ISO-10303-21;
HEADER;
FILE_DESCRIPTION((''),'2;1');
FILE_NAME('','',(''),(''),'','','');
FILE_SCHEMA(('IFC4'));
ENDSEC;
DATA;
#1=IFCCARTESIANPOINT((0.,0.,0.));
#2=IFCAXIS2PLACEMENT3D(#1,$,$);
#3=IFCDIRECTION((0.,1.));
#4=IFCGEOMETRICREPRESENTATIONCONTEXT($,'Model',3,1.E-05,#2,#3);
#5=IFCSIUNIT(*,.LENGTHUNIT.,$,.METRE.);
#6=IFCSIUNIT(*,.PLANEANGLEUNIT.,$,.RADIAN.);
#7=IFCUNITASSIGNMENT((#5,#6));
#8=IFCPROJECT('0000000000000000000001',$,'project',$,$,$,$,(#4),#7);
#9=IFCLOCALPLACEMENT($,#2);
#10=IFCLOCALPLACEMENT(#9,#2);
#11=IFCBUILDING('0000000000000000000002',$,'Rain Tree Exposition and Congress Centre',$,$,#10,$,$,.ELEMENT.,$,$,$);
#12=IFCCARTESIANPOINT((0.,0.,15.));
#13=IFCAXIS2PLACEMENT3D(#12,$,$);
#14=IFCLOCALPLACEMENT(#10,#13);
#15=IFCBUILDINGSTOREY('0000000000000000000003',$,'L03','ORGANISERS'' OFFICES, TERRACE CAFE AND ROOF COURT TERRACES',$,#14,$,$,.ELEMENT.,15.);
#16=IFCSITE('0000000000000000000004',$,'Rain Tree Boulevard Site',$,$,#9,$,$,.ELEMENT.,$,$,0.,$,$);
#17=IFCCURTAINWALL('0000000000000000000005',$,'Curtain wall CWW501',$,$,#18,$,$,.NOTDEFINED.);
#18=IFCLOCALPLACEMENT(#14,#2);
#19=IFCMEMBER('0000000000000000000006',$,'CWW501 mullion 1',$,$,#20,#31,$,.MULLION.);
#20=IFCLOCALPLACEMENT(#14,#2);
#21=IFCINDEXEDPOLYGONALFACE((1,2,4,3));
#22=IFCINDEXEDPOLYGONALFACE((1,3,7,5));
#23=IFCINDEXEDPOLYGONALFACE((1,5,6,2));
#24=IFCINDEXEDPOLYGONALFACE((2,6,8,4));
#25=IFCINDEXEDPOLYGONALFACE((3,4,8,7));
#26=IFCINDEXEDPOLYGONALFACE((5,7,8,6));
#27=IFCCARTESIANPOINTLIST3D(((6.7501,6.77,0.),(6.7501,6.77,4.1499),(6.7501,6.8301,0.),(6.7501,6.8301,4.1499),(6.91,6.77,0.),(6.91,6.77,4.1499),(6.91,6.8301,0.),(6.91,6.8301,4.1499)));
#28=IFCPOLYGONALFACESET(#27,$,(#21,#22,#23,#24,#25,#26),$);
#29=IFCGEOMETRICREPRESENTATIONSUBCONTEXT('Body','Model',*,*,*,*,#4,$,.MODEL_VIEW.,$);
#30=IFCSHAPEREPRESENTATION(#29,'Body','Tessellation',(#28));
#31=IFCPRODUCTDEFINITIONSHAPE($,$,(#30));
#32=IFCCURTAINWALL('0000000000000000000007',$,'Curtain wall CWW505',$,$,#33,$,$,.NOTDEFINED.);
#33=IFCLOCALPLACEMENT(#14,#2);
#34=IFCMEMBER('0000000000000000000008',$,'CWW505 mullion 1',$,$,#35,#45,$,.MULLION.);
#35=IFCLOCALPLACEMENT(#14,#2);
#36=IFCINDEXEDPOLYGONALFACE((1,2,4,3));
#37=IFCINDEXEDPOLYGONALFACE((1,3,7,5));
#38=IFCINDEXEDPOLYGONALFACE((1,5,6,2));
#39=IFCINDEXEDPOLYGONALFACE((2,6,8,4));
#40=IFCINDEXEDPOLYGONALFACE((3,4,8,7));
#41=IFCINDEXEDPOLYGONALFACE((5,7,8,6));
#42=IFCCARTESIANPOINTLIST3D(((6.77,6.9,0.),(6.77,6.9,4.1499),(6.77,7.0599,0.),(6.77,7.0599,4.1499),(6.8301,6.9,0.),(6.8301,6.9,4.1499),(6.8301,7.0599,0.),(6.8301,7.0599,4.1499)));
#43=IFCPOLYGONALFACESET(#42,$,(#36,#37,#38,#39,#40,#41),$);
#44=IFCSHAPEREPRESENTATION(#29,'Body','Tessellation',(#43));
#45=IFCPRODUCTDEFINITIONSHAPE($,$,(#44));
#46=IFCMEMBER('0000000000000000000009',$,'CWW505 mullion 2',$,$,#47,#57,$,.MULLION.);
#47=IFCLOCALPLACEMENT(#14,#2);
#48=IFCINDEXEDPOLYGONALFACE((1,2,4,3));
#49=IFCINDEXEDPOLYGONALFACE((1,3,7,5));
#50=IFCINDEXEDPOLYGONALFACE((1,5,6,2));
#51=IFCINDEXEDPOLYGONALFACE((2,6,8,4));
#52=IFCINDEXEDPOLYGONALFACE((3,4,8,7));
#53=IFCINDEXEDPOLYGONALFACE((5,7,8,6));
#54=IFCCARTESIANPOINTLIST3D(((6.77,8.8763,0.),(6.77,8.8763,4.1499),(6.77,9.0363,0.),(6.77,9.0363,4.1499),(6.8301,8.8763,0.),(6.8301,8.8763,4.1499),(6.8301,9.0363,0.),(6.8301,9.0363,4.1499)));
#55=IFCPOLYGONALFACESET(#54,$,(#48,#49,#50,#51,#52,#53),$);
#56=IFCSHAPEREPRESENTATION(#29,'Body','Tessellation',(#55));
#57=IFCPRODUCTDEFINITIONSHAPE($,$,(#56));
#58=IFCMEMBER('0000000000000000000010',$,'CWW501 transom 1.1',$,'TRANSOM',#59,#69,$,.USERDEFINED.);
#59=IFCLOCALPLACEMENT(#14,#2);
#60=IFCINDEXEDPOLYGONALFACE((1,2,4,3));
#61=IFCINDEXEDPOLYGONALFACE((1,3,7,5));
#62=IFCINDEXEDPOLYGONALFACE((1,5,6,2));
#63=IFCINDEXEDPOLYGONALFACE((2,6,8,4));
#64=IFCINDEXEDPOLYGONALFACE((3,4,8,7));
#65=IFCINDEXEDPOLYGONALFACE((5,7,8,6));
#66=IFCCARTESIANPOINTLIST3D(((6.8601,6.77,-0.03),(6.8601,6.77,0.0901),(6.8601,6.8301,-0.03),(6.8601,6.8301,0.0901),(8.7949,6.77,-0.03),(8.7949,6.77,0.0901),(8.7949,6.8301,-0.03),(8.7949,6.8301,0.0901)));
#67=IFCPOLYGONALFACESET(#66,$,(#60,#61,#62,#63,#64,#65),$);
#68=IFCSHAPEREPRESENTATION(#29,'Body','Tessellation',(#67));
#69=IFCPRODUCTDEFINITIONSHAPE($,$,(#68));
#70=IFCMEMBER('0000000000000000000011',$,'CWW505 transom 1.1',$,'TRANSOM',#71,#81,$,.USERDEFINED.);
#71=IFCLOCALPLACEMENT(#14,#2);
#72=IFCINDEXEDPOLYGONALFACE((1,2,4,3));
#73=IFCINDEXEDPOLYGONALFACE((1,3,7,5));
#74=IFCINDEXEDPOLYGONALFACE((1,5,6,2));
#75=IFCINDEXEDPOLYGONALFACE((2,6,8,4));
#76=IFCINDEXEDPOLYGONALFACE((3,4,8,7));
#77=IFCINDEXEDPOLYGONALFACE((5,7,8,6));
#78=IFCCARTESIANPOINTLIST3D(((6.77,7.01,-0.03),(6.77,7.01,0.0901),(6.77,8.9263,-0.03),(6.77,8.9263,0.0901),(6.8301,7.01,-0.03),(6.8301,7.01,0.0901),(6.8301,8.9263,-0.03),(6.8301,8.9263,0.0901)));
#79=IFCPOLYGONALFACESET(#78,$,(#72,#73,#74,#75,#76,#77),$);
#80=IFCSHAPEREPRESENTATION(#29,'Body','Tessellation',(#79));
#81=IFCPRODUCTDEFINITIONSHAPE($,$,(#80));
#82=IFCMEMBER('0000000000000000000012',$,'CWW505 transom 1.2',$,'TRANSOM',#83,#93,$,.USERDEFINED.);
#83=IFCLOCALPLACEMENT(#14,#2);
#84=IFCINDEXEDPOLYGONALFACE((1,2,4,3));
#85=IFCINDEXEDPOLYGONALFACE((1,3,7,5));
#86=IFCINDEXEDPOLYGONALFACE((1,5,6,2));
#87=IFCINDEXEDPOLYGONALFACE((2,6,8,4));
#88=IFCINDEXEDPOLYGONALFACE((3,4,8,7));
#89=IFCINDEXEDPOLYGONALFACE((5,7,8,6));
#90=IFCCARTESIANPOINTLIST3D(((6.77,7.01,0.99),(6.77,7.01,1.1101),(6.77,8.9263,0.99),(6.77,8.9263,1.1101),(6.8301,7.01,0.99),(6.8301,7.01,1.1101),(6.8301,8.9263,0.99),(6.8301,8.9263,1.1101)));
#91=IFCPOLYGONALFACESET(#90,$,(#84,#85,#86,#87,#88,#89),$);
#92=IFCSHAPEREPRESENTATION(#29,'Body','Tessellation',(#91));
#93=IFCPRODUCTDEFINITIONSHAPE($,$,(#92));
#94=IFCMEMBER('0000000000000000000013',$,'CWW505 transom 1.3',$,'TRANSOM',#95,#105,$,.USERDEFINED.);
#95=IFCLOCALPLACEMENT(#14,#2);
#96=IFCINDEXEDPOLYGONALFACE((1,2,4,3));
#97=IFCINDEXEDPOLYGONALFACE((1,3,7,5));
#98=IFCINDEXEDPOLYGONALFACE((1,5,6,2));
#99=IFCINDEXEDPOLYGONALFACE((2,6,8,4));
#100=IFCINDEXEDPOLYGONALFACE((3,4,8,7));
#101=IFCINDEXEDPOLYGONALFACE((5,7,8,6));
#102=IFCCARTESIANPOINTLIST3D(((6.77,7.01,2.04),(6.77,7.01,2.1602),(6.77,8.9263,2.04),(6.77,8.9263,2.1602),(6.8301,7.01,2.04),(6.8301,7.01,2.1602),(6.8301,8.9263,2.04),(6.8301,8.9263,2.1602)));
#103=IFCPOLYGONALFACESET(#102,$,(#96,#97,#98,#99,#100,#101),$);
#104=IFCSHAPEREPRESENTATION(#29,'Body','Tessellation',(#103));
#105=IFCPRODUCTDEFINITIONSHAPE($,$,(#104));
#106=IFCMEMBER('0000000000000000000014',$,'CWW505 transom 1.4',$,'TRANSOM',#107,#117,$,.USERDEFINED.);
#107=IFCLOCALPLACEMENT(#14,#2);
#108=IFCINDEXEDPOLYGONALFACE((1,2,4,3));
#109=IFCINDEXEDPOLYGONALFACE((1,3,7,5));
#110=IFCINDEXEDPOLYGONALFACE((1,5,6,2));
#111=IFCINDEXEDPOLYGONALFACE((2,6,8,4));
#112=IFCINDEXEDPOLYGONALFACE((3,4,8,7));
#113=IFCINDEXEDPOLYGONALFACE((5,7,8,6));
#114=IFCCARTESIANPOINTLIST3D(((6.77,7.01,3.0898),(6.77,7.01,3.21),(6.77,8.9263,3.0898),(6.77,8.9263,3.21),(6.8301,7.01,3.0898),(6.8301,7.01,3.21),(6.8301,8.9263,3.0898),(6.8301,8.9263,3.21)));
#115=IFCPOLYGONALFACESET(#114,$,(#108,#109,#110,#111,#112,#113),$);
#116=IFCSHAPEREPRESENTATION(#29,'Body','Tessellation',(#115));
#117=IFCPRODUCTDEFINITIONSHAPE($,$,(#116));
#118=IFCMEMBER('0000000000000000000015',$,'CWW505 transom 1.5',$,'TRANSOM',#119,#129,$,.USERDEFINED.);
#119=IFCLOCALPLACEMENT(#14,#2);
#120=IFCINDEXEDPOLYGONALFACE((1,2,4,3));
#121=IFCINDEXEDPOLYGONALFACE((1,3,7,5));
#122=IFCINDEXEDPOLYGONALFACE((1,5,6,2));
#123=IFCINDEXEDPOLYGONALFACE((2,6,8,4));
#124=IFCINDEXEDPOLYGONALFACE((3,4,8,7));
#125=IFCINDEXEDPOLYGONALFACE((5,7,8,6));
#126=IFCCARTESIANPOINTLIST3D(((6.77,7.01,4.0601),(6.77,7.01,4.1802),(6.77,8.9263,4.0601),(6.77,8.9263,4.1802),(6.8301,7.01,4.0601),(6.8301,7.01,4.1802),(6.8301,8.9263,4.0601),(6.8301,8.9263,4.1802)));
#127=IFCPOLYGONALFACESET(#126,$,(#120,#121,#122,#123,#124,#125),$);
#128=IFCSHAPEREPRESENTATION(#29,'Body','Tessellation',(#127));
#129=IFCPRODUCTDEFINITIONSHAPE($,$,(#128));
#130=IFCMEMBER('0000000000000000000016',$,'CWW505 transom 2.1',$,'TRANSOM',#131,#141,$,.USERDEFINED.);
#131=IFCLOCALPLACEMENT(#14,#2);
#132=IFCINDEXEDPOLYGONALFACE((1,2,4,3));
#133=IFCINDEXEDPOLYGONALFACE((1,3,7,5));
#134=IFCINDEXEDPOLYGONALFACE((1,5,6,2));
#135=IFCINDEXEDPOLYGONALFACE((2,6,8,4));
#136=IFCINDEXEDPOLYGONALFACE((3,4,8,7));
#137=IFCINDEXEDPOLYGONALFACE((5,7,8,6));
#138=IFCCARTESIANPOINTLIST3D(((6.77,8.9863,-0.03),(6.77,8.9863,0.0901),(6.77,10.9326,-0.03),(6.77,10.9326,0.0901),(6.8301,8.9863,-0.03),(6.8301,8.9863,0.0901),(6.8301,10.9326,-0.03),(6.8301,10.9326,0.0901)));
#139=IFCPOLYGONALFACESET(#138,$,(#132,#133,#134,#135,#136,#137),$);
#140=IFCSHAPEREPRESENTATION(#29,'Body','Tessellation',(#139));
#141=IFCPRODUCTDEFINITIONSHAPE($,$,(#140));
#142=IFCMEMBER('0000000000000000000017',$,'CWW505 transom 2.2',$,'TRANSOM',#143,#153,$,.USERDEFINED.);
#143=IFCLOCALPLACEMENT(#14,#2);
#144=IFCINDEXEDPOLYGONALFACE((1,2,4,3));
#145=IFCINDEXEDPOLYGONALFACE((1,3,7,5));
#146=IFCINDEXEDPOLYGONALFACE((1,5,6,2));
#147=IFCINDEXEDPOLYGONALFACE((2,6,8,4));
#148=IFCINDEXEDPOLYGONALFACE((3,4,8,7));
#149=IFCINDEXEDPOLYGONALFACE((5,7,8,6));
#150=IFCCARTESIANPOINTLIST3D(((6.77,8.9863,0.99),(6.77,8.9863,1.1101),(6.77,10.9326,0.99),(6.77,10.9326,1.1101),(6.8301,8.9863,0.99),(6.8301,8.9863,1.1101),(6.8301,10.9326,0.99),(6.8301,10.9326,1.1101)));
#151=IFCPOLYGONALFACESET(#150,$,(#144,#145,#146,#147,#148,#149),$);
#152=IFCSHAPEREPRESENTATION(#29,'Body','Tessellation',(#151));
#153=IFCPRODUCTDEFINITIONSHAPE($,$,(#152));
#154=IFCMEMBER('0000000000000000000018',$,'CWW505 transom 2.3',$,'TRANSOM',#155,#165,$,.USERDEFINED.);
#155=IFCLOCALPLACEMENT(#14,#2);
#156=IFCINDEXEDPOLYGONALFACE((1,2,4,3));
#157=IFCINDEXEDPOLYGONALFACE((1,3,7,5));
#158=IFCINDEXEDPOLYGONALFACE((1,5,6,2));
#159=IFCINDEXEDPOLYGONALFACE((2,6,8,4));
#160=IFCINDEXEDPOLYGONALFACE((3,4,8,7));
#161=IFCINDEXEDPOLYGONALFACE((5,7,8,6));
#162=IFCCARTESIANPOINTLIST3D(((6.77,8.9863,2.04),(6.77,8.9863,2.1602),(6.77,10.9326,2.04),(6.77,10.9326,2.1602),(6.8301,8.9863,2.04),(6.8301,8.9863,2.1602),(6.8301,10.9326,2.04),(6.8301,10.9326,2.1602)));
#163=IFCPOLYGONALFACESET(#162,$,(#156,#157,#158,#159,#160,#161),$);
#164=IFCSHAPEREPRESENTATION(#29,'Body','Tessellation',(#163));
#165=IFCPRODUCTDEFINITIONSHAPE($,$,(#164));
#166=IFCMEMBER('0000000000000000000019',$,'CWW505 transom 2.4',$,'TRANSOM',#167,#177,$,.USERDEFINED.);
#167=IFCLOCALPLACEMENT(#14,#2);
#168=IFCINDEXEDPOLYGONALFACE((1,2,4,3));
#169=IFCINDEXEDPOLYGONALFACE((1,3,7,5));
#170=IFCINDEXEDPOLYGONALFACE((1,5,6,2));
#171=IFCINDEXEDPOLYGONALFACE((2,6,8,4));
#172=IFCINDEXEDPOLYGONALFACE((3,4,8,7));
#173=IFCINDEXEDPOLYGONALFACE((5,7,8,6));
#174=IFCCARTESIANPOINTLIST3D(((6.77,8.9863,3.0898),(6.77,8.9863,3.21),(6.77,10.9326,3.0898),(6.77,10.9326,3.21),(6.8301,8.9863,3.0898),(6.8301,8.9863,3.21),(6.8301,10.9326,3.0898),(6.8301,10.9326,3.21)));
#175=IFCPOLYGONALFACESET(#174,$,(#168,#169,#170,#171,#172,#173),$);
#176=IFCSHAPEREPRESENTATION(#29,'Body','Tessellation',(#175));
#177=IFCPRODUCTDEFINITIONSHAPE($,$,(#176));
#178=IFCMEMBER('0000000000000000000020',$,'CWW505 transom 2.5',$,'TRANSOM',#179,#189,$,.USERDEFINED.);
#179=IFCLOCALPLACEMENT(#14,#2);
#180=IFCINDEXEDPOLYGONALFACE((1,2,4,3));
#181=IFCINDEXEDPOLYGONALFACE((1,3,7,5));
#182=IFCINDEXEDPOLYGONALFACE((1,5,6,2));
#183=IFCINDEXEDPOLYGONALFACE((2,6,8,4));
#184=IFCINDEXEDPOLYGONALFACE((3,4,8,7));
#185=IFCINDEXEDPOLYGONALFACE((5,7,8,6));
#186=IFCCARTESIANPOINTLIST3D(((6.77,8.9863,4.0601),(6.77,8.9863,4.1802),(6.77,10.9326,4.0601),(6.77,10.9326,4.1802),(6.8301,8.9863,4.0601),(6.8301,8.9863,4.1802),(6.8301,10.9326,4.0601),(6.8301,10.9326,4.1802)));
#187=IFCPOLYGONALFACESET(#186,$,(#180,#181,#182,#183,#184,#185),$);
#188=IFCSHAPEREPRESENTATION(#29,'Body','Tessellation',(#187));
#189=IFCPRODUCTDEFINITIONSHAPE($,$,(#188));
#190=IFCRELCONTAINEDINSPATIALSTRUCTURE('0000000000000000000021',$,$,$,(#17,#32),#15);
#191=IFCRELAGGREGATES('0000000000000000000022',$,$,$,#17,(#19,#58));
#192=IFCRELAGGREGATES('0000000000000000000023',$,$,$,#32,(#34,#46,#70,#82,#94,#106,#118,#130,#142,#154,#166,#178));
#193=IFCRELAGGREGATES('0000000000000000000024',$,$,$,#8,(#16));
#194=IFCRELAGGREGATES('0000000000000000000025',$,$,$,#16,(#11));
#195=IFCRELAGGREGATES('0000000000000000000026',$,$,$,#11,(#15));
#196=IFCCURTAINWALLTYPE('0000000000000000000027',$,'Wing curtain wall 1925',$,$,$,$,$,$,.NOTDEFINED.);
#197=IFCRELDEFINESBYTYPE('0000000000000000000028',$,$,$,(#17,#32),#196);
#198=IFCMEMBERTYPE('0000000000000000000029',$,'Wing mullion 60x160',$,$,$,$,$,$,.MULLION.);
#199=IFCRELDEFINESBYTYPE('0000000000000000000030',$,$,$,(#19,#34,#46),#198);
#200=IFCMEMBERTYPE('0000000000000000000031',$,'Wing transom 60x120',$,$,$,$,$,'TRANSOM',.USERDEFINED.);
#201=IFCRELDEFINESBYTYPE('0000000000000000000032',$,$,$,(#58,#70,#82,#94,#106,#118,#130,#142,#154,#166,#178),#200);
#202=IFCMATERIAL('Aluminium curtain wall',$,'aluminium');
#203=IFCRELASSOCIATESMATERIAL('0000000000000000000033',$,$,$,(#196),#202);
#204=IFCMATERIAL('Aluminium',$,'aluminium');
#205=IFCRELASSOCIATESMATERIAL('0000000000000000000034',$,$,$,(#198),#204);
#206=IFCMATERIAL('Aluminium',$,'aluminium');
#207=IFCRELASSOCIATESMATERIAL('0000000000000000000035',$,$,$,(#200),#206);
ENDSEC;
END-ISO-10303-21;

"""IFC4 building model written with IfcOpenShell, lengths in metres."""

from ifc_helpers import new_model, si_unit, direction, frame, origin, origin_2d, place, context, subcontext, project, spatial, rectangle, extrude, material, material_profile, profile_set, type_object, element, aggregate, save


model = new_model("IFC4")

# Units and contexts
model_context = context("Model", 3, precision=1e-05, world=origin(), true_north=direction((0.0, 1.0)))
body_context = subcontext(model_context, "Body", "Model", "MODEL_VIEW")
ifc_project = project(units=[si_unit("LENGTHUNIT", "METRE"), si_unit("PLANEANGLEUNIT", "RADIAN")], contexts=[model_context])

# Site, building, storey
site_placement = place(None, origin())
site = spatial("IfcSite", under=ifc_project, at=site_placement, Name="Rain Tree Boulevard Site", CompositionType="ELEMENT", RefElevation=0.0)
building_placement = place(site_placement, origin())
building = spatial("IfcBuilding", under=site, at=building_placement, Name="Rain Tree Exposition and Congress Centre", CompositionType="ELEMENT")
storey_placement = place(building_placement, frame((0.0, 0.0, 15.0)))
storey = spatial("IfcBuildingStorey", under=building, at=storey_placement, Name="L03", Description="ORGANISERS' OFFICES, TERRACE CAFE AND ROOF COURT TERRACES", CompositionType="ELEMENT", Elevation=15.0)

# Curtain wall, member
ifc_material_1 = material(Name="Aluminium curtain wall", Category="aluminium")
curtain_wall_type = type_object("IfcCurtainWallType", Name="Wing curtain wall 1925", PredefinedType="NOTDEFINED", material=ifc_material_1)
curtain_wall_1_placement = place(storey_placement, origin())
curtain_wall_1 = element("IfcCurtainWall", 1, at=curtain_wall_1_placement, inside=storey, type_object=curtain_wall_type, Name="Curtain wall CWW501", PredefinedType="NOTDEFINED")
ifc_material_2 = material(Name="Aluminium", Category="aluminium")
ifc_material_profile_1 = material_profile(ifc_material_2, rectangle(XDim=0.0601, YDim=0.1599, at=origin_2d()), Name="Aluminium 60x160")
ifc_profile_set_1 = profile_set([ifc_material_profile_1], Name="Aluminium")
member_type_1 = type_object("IfcMemberType", Name="Wing mullion 60x160", PredefinedType="MULLION", material=ifc_profile_set_1)
member_1_placement = place(storey_placement, frame((6.8301, 6.8, 0.0), z_axis=(0.0, 0.0, 1.0), x_axis=(0.0, 1.0, 0.0)))
member_1 = element("IfcMember", 2, at=member_1_placement, type_object=member_type_1, Name="CWW501 mullion 1", PredefinedType="MULLION", context=body_context, shape_type="SweptSolid", body=[
    extrude(rectangle(XDim=0.0601, YDim=0.1599, at=origin_2d()), origin(), (0.0, 0.0, 1.0), 4.1499),
])

# Curtain wall, members
curtain_wall_2_placement = place(storey_placement, origin())
curtain_wall_2 = element("IfcCurtainWall", 3, at=curtain_wall_2_placement, inside=storey, type_object=curtain_wall_type, Name="Curtain wall CWW505", PredefinedType="NOTDEFINED")
member_2_placement = place(storey_placement, frame((6.8, 6.98, 0.0), z_axis=(0.0, 0.0, 1.0), x_axis=(-1.0, 0.0, 0.0)))
member_2 = element("IfcMember", 4, at=member_2_placement, type_object=member_type_1, Name="CWW505 mullion 1", PredefinedType="MULLION", context=body_context, shape_type="SweptSolid", body=[
    extrude(rectangle(XDim=0.0601, YDim=0.1599, at=origin_2d()), origin(), (0.0, 0.0, 1.0), 4.1499),
])
member_3_placement = place(storey_placement, frame((6.8, 8.9563, 0.0), z_axis=(0.0, 0.0, 1.0), x_axis=(-1.0, 0.0, 0.0)))
member_3 = element("IfcMember", 5, at=member_3_placement, type_object=member_type_1, Name="CWW505 mullion 2", PredefinedType="MULLION", context=body_context, shape_type="SweptSolid", body=[
    extrude(rectangle(XDim=0.0601, YDim=0.1599, at=origin_2d()), origin(), (0.0, 0.0, 1.0), 4.1499),
])

# Members
ifc_material_3 = material(Name="Aluminium", Category="aluminium")
ifc_material_profile_2 = material_profile(ifc_material_3, rectangle(XDim=0.0601, YDim=0.1201, at=origin_2d()), Name="Aluminium 60x120")
ifc_profile_set_2 = profile_set([ifc_material_profile_2], Name="Aluminium")
member_type_2 = type_object("IfcMemberType", Name="Wing transom 60x120", ElementType="TRANSOM", PredefinedType="USERDEFINED", material=ifc_profile_set_2)
member_4_placement = place(storey_placement, frame((6.8601, 6.8, 0.03), z_axis=(1.0, 0.0, 0.0), x_axis=(0.0, 1.0, 0.0)))
member_4 = element("IfcMember", 6, at=member_4_placement, type_object=member_type_2, Name="CWW501 transom 1.1", ObjectType="TRANSOM", PredefinedType="USERDEFINED", context=body_context, shape_type="SweptSolid", body=[
    extrude(rectangle(XDim=0.0601, YDim=0.1201, at=origin_2d()), origin(), (0.0, 0.0, 1.0), 1.9348),
])
aggregate(curtain_wall_1, [member_1, member_4])
member_5_placement = place(storey_placement, frame((6.8, 7.01, 0.03), z_axis=(0.0, 1.0, 0.0), x_axis=(-1.0, 0.0, 0.0)))
member_5 = element("IfcMember", 7, at=member_5_placement, type_object=member_type_2, Name="CWW505 transom 1.1", ObjectType="TRANSOM", PredefinedType="USERDEFINED", context=body_context, shape_type="SweptSolid", body=[
    extrude(rectangle(XDim=0.0601, YDim=0.1201, at=origin_2d()), origin(), (0.0, 0.0, 1.0), 1.9163),
])
member_6_placement = place(storey_placement, frame((6.8, 7.01, 1.05), z_axis=(0.0, 1.0, 0.0), x_axis=(-1.0, 0.0, 0.0)))
member_6 = element("IfcMember", 8, at=member_6_placement, type_object=member_type_2, Name="CWW505 transom 1.2", ObjectType="TRANSOM", PredefinedType="USERDEFINED", context=body_context, shape_type="SweptSolid", body=[
    extrude(rectangle(XDim=0.0601, YDim=0.1201, at=origin_2d()), origin(), (0.0, 0.0, 1.0), 1.9163),
])
member_7_placement = place(storey_placement, frame((6.8, 7.01, 2.1001), z_axis=(0.0, 1.0, 0.0), x_axis=(-1.0, 0.0, 0.0)))
member_7 = element("IfcMember", 9, at=member_7_placement, type_object=member_type_2, Name="CWW505 transom 1.3", ObjectType="TRANSOM", PredefinedType="USERDEFINED", context=body_context, shape_type="SweptSolid", body=[
    extrude(rectangle(XDim=0.0601, YDim=0.1201, at=origin_2d()), origin(), (0.0, 0.0, 1.0), 1.9163),
])
member_8_placement = place(storey_placement, frame((6.8, 7.01, 3.1499), z_axis=(0.0, 1.0, 0.0), x_axis=(-1.0, 0.0, 0.0)))
member_8 = element("IfcMember", 10, at=member_8_placement, type_object=member_type_2, Name="CWW505 transom 1.4", ObjectType="TRANSOM", PredefinedType="USERDEFINED", context=body_context, shape_type="SweptSolid", body=[
    extrude(rectangle(XDim=0.0601, YDim=0.1201, at=origin_2d()), origin(), (0.0, 0.0, 1.0), 1.9163),
])
member_9_placement = place(storey_placement, frame((6.8, 7.01, 4.1201), z_axis=(0.0, 1.0, 0.0), x_axis=(-1.0, 0.0, 0.0)))
member_9 = element("IfcMember", 11, at=member_9_placement, type_object=member_type_2, Name="CWW505 transom 1.5", ObjectType="TRANSOM", PredefinedType="USERDEFINED", context=body_context, shape_type="SweptSolid", body=[
    extrude(rectangle(XDim=0.0601, YDim=0.1201, at=origin_2d()), origin(), (0.0, 0.0, 1.0), 1.9163),
])
member_10_placement = place(storey_placement, frame((6.8, 8.9863, 0.03), z_axis=(0.0, 1.0, 0.0), x_axis=(-1.0, 0.0, 0.0)))
member_10 = element("IfcMember", 12, at=member_10_placement, type_object=member_type_2, Name="CWW505 transom 2.1", ObjectType="TRANSOM", PredefinedType="USERDEFINED", context=body_context, shape_type="SweptSolid", body=[
    extrude(rectangle(XDim=0.0601, YDim=0.1201, at=origin_2d()), origin(), (0.0, 0.0, 1.0), 1.9463),
])
member_11_placement = place(storey_placement, frame((6.8, 8.9863, 1.05), z_axis=(0.0, 1.0, 0.0), x_axis=(-1.0, 0.0, 0.0)))
member_11 = element("IfcMember", 13, at=member_11_placement, type_object=member_type_2, Name="CWW505 transom 2.2", ObjectType="TRANSOM", PredefinedType="USERDEFINED", context=body_context, shape_type="SweptSolid", body=[
    extrude(rectangle(XDim=0.0601, YDim=0.1201, at=origin_2d()), origin(), (0.0, 0.0, 1.0), 1.9463),
])
member_12_placement = place(storey_placement, frame((6.8, 8.9863, 2.1001), z_axis=(0.0, 1.0, 0.0), x_axis=(-1.0, 0.0, 0.0)))
member_12 = element("IfcMember", 14, at=member_12_placement, type_object=member_type_2, Name="CWW505 transom 2.3", ObjectType="TRANSOM", PredefinedType="USERDEFINED", context=body_context, shape_type="SweptSolid", body=[
    extrude(rectangle(XDim=0.0601, YDim=0.1201, at=origin_2d()), origin(), (0.0, 0.0, 1.0), 1.9463),
])
member_13_placement = place(storey_placement, frame((6.8, 8.9863, 3.1499), z_axis=(0.0, 1.0, 0.0), x_axis=(-1.0, 0.0, 0.0)))
member_13 = element("IfcMember", 15, at=member_13_placement, type_object=member_type_2, Name="CWW505 transom 2.4", ObjectType="TRANSOM", PredefinedType="USERDEFINED", context=body_context, shape_type="SweptSolid", body=[
    extrude(rectangle(XDim=0.0601, YDim=0.1201, at=origin_2d()), origin(), (0.0, 0.0, 1.0), 1.9463),
])
member_14_placement = place(storey_placement, frame((6.8, 8.9863, 4.1201), z_axis=(0.0, 1.0, 0.0), x_axis=(-1.0, 0.0, 0.0)))
member_14 = element("IfcMember", 16, at=member_14_placement, type_object=member_type_2, Name="CWW505 transom 2.5", ObjectType="TRANSOM", PredefinedType="USERDEFINED", context=body_context, shape_type="SweptSolid", body=[
    extrude(rectangle(XDim=0.0601, YDim=0.1201, at=origin_2d()), origin(), (0.0, 0.0, 1.0), 1.9463),
])

aggregate(curtain_wall_2, [member_2, member_3, member_5, member_6, member_7, member_8, member_9, member_10, member_11, member_12, member_13, member_14])

save(model, "model.ifc")
